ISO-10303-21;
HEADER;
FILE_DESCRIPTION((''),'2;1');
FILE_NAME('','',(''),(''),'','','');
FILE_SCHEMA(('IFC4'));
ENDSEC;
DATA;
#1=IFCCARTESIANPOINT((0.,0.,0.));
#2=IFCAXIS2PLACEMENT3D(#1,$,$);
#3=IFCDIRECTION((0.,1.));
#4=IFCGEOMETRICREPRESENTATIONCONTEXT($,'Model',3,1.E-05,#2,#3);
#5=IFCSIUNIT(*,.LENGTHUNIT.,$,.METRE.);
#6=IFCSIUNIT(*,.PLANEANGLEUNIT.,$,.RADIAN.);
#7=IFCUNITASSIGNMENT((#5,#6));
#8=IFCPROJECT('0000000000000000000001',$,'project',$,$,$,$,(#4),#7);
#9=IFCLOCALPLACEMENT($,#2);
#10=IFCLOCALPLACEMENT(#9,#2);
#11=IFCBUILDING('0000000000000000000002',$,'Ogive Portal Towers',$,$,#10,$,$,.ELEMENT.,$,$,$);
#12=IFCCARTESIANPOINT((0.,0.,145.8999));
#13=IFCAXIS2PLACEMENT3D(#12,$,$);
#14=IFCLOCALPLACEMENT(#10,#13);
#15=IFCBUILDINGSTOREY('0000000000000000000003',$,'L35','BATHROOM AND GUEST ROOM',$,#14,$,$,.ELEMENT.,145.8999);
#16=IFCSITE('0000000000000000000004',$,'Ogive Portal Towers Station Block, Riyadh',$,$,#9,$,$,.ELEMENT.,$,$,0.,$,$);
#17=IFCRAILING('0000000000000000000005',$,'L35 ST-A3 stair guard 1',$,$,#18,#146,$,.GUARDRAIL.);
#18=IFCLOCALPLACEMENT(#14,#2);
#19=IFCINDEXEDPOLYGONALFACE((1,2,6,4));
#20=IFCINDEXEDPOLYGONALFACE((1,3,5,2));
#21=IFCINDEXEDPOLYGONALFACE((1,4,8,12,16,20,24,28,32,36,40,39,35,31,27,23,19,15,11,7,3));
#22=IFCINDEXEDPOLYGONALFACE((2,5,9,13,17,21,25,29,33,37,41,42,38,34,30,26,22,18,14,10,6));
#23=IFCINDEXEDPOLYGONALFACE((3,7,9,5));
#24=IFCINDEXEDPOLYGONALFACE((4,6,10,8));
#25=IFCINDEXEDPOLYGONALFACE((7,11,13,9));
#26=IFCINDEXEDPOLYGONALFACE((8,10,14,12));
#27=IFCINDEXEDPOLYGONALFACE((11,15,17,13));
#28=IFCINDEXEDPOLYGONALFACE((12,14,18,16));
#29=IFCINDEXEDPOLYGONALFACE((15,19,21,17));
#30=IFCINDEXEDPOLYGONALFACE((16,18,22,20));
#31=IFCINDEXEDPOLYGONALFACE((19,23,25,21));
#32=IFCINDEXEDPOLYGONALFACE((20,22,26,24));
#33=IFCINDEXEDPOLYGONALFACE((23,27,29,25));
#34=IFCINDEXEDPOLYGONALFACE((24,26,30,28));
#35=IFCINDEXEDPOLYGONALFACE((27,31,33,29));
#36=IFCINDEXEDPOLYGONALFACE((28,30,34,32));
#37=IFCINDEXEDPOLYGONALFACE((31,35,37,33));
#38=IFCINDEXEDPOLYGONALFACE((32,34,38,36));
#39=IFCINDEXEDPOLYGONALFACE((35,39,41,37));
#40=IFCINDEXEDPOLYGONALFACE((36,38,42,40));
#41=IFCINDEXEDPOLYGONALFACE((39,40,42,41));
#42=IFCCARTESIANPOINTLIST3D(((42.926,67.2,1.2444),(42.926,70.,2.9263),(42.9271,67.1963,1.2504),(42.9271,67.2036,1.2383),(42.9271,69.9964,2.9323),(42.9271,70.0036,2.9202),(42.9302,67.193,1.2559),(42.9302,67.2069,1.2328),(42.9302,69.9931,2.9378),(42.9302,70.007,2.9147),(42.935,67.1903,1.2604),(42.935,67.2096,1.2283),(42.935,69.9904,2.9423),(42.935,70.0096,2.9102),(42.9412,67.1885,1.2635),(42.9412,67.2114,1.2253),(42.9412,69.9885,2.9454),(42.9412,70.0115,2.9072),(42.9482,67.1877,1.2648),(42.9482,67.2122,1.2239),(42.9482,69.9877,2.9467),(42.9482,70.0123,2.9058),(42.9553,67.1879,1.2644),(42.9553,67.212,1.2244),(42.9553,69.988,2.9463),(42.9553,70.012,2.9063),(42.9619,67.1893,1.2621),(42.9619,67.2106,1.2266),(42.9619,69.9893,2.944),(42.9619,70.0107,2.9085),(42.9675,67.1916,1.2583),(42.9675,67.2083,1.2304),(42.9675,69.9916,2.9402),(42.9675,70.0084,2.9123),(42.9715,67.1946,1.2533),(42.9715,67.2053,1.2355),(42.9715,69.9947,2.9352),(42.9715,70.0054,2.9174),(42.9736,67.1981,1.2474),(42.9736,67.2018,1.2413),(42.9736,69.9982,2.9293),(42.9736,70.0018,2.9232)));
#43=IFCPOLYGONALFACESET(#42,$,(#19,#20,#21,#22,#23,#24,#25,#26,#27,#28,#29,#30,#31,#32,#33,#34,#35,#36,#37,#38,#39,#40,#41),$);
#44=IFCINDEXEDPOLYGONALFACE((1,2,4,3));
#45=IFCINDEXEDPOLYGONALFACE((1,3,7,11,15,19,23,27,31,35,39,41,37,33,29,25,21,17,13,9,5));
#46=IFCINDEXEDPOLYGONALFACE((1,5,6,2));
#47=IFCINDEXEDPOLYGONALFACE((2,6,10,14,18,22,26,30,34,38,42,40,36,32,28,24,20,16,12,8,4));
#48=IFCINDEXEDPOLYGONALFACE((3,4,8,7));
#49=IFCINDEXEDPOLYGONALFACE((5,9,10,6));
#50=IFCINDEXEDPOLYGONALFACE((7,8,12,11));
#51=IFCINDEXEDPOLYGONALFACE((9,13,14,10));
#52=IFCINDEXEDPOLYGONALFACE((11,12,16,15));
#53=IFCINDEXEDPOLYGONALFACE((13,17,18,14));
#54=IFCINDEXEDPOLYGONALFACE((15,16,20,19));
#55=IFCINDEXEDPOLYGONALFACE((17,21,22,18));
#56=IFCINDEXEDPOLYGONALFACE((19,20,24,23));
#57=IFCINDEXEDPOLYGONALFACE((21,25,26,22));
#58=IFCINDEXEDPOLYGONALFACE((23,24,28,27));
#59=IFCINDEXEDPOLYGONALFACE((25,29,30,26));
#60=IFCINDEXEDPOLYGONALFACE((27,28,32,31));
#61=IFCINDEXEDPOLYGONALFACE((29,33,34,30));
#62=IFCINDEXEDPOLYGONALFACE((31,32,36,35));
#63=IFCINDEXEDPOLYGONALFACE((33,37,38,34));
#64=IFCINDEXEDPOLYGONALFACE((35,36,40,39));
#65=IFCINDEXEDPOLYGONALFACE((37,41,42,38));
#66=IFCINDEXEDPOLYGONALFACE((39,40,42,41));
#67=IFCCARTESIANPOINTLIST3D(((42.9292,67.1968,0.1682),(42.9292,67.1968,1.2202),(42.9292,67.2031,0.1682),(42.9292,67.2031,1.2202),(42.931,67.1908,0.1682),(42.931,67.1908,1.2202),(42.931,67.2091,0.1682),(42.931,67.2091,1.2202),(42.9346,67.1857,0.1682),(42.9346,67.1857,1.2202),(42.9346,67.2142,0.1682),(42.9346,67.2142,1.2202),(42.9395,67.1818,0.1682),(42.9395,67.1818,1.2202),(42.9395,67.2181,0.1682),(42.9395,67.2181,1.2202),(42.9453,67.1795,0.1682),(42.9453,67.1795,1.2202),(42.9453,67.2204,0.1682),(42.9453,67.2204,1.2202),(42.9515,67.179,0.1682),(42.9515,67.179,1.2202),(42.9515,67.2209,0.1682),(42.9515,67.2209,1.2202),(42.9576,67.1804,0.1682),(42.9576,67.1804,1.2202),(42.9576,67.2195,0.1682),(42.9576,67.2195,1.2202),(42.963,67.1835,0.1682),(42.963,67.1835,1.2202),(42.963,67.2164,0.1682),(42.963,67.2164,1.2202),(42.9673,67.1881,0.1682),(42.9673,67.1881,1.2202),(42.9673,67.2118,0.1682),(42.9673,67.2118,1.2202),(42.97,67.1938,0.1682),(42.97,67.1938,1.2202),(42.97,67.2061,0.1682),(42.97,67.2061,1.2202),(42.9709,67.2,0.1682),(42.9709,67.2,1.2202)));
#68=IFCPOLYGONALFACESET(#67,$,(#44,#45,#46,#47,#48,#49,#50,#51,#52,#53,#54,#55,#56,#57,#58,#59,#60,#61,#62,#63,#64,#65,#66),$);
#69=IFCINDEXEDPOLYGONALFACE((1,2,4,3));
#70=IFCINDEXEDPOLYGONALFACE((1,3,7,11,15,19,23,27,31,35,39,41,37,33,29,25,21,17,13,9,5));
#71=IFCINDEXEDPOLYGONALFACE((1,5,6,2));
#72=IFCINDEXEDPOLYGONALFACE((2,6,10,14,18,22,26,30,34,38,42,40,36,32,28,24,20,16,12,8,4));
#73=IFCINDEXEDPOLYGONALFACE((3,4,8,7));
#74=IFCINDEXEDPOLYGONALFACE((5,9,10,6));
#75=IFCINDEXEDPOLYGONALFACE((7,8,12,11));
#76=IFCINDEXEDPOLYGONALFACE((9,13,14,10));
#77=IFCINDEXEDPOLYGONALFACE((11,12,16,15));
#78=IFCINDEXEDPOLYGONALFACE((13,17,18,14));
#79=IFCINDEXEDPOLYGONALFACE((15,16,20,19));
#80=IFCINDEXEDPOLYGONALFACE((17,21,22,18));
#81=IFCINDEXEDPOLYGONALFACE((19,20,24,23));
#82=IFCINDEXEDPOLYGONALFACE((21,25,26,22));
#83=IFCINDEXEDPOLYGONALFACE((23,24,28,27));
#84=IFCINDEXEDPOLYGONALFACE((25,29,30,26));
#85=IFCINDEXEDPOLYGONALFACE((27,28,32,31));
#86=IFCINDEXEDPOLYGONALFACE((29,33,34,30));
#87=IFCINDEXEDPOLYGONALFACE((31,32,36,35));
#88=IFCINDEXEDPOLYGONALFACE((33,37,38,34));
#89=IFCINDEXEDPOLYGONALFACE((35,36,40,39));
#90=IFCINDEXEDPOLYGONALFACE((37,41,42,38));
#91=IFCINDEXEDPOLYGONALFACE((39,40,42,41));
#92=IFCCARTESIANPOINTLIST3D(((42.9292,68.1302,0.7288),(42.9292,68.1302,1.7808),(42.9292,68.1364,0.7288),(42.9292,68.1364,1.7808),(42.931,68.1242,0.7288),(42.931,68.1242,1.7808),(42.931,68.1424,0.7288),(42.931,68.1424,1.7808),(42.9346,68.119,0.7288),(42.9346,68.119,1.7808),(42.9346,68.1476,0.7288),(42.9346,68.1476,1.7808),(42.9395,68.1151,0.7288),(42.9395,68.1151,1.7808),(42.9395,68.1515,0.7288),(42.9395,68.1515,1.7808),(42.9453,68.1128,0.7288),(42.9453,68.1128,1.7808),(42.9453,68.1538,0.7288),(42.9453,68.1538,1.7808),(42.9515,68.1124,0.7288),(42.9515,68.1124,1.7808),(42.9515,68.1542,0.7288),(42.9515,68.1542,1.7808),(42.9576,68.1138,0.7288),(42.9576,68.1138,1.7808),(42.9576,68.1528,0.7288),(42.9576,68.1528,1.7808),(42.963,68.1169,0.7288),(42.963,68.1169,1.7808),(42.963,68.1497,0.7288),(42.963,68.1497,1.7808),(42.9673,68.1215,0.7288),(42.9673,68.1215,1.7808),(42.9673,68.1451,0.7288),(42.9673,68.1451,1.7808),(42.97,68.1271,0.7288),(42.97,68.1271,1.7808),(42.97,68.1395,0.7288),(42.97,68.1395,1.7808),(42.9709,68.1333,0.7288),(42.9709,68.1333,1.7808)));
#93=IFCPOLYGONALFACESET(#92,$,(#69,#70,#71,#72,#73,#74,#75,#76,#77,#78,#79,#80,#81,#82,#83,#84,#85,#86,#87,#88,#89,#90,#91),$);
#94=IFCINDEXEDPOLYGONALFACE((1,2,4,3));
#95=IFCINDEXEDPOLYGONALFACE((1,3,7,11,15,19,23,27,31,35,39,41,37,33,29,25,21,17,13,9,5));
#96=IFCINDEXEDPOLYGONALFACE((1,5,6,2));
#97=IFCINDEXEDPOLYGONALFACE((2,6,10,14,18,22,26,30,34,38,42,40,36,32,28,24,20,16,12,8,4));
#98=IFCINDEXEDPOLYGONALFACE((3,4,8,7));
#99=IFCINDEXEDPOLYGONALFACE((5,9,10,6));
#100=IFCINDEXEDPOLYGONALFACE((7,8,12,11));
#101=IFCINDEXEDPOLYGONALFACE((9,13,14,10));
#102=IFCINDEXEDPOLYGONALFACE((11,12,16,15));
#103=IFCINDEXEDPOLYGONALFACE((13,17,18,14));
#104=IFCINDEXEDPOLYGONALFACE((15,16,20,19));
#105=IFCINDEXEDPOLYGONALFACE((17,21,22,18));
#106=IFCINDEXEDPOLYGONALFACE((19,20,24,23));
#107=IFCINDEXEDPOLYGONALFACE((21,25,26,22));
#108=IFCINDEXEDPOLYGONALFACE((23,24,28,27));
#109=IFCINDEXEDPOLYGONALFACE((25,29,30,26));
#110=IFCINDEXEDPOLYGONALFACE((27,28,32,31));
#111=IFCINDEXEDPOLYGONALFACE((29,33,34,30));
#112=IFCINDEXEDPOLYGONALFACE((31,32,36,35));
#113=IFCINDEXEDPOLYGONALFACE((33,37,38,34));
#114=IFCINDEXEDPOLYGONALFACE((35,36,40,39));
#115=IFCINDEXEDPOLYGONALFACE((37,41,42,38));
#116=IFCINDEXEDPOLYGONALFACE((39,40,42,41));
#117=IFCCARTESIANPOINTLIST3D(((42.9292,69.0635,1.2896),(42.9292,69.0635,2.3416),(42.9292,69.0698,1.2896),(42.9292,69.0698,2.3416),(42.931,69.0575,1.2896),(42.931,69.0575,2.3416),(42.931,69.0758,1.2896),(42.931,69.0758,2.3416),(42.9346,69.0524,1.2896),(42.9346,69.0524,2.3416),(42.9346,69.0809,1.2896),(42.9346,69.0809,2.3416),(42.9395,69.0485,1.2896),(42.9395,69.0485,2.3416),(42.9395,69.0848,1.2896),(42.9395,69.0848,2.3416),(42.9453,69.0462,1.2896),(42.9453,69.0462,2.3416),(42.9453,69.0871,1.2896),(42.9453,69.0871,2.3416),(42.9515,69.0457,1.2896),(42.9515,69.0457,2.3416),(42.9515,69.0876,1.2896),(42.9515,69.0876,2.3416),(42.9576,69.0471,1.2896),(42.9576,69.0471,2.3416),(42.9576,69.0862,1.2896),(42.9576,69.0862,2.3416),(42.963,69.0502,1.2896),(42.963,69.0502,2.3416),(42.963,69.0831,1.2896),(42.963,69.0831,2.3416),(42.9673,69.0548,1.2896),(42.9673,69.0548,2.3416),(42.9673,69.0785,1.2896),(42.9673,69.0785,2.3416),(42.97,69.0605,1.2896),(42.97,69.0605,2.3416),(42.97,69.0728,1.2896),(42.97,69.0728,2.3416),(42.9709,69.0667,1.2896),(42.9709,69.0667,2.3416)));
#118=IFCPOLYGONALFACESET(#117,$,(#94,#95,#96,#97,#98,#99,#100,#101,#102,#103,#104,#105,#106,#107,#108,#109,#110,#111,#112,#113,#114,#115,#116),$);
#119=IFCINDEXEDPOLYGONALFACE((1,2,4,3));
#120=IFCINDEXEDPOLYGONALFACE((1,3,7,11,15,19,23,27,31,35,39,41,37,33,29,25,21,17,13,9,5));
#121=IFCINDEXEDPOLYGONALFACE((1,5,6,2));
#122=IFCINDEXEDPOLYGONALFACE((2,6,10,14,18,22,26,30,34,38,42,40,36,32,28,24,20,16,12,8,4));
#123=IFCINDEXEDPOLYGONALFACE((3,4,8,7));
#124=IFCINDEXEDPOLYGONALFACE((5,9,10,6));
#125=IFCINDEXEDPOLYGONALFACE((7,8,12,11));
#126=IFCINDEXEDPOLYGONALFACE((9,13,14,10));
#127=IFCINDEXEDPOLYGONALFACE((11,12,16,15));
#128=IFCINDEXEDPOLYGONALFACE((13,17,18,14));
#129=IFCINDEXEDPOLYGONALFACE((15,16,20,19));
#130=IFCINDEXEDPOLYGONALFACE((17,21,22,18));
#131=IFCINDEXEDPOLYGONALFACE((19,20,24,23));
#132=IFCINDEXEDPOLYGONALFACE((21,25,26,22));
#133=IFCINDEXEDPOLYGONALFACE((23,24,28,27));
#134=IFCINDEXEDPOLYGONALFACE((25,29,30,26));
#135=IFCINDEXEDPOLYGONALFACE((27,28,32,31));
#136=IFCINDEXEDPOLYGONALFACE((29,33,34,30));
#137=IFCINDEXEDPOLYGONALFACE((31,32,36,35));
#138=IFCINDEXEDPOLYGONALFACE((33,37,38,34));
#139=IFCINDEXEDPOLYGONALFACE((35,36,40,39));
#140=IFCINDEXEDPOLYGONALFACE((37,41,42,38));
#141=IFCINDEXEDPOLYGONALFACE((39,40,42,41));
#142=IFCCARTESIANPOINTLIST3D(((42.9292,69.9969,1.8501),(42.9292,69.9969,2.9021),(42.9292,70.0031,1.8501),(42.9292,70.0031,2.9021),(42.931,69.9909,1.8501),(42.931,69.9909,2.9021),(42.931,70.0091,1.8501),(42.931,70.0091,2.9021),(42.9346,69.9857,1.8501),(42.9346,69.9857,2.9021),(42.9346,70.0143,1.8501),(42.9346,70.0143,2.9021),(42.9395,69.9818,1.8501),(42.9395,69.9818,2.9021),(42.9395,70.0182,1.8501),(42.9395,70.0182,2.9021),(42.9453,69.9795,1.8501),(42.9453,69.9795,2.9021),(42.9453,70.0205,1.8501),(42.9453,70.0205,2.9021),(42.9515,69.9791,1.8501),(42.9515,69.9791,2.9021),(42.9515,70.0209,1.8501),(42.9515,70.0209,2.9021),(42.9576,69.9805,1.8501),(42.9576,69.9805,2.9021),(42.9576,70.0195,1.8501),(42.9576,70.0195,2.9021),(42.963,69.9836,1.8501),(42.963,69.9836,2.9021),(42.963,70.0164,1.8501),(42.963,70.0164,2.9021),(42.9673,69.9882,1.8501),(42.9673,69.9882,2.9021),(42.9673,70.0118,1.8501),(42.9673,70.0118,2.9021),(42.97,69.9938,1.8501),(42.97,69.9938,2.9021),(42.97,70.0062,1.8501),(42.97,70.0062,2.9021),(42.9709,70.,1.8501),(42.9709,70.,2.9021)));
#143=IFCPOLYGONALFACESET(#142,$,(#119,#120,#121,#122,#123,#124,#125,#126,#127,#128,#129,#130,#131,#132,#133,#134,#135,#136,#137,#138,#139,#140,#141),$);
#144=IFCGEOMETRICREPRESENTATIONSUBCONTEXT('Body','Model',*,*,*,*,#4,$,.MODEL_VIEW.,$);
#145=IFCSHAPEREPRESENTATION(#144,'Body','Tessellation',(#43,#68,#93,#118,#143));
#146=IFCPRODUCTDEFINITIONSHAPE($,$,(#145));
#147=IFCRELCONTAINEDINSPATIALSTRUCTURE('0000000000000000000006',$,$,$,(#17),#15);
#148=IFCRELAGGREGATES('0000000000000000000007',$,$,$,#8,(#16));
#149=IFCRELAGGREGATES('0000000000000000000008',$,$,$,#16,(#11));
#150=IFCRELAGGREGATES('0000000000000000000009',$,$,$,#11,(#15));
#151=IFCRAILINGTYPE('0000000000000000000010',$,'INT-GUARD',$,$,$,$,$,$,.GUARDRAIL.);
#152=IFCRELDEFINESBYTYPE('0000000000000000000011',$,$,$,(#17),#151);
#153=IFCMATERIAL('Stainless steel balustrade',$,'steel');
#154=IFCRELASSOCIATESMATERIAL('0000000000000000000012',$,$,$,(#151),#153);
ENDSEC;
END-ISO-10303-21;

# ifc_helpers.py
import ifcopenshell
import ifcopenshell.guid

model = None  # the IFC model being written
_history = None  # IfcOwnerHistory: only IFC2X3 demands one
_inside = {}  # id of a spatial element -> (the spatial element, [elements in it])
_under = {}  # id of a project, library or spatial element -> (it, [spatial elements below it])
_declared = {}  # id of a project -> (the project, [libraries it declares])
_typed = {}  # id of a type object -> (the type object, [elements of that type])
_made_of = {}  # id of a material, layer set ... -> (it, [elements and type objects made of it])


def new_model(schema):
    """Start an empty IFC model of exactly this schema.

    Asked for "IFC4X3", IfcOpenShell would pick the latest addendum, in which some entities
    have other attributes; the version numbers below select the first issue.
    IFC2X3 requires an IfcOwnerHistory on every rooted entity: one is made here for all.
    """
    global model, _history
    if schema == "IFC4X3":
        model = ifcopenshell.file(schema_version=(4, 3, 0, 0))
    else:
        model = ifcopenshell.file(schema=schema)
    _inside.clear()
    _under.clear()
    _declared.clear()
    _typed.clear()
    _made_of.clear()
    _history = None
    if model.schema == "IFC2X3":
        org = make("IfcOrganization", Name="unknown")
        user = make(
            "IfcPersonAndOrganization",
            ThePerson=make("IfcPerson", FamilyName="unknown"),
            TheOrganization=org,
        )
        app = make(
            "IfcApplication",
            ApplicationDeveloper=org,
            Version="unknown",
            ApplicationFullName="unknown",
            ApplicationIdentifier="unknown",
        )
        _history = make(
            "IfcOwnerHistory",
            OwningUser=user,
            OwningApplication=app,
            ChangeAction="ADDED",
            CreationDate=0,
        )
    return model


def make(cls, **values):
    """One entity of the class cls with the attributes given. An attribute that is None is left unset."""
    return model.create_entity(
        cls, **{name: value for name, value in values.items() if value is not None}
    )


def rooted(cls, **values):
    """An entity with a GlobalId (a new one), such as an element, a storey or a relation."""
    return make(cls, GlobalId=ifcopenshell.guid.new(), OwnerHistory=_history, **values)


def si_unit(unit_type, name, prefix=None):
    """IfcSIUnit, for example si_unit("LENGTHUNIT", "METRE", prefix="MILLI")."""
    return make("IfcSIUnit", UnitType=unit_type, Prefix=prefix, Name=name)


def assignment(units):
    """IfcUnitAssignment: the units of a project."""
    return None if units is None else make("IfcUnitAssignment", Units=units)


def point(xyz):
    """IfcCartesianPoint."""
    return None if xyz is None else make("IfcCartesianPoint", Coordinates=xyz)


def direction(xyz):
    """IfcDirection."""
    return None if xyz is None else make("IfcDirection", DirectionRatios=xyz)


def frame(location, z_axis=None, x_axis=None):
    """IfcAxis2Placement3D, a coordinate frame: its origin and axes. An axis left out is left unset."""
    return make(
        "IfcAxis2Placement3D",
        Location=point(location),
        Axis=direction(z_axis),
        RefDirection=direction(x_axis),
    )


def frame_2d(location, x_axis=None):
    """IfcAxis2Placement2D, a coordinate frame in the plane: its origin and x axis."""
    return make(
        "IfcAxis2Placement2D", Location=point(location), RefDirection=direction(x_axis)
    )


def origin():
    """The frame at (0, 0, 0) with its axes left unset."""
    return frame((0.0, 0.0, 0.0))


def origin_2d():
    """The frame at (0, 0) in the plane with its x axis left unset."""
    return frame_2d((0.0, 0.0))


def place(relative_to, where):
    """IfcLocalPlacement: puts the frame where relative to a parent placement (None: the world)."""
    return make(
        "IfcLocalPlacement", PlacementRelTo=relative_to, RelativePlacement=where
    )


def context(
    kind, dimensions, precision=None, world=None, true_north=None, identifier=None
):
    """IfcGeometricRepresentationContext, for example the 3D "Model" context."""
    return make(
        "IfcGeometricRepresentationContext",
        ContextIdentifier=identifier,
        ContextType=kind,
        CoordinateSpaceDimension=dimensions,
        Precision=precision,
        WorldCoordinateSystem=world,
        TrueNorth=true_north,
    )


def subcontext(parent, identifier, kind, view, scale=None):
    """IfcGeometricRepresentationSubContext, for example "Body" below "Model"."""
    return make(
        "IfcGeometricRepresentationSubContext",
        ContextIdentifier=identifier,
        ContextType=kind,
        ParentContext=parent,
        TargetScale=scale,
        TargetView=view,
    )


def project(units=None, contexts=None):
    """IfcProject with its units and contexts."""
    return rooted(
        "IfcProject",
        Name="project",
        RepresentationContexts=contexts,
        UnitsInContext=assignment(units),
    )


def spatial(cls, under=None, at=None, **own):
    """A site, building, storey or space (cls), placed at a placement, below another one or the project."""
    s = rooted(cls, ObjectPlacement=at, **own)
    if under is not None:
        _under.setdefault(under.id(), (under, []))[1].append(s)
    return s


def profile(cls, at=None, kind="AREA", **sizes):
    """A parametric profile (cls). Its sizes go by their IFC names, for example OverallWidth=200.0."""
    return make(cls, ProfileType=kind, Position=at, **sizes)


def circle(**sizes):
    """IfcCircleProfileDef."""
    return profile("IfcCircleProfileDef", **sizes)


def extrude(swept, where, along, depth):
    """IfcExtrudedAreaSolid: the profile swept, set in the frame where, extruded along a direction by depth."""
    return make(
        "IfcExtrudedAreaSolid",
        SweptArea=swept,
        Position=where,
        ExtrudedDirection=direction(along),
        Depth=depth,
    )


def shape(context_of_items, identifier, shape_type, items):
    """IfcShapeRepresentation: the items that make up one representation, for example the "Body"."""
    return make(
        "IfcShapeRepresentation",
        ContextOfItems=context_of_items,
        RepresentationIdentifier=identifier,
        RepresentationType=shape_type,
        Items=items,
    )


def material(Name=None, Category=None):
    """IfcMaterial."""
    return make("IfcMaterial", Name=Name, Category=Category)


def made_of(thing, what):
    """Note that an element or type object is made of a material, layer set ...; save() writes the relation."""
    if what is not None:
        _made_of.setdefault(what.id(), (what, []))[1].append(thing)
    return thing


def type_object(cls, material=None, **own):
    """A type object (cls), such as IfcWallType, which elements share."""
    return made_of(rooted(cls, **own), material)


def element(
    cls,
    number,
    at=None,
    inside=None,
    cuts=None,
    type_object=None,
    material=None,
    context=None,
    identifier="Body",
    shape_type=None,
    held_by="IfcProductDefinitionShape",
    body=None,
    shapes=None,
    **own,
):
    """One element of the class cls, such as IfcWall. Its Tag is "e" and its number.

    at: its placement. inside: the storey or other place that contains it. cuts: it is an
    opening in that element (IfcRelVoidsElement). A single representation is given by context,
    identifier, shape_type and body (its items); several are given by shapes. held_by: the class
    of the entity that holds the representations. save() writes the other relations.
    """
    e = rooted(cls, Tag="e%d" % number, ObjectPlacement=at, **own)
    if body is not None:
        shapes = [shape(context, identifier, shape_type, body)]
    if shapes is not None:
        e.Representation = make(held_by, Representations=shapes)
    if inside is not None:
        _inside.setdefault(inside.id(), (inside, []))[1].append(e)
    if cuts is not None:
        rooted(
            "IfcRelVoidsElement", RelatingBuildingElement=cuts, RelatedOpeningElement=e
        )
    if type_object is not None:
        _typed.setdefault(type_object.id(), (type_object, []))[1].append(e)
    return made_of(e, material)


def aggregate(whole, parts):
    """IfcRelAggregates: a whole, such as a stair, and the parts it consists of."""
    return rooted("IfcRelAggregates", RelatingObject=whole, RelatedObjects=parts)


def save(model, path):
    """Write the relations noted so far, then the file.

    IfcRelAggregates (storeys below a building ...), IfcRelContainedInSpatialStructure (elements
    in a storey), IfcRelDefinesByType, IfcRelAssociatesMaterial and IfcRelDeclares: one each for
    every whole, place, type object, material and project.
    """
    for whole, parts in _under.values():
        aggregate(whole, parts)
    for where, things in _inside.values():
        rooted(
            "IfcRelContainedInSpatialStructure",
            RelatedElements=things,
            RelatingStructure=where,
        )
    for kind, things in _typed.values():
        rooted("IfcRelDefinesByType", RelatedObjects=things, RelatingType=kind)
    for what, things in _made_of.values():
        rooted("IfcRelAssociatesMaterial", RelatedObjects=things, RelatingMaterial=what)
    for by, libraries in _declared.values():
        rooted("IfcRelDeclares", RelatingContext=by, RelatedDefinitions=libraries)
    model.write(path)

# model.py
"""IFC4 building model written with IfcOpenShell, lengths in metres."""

from ifc_helpers import new_model, si_unit, direction, frame, origin, origin_2d, place, context, subcontext, project, spatial, circle, extrude, material, type_object, element, save


model = new_model("IFC4")

# Units and contexts
model_context = context("Model", 3, precision=1e-05, world=origin(), true_north=direction((0.0, 1.0)))
body_context = subcontext(model_context, "Body", "Model", "MODEL_VIEW")
ifc_project = project(units=[si_unit("LENGTHUNIT", "METRE"), si_unit("PLANEANGLEUNIT", "RADIAN")], contexts=[model_context])

# Site, building, storey
site_placement = place(None, origin())
site = spatial("IfcSite", under=ifc_project, at=site_placement, Name="Ogive Portal Towers Station Block, Riyadh", CompositionType="ELEMENT", RefElevation=0.0)
building_placement = place(site_placement, origin())
building = spatial("IfcBuilding", under=site, at=building_placement, Name="Ogive Portal Towers", CompositionType="ELEMENT")
storey_placement = place(building_placement, frame((0.0, 0.0, 145.8999)))
storey = spatial("IfcBuildingStorey", under=building, at=storey_placement, Name="L35", Description="BATHROOM AND GUEST ROOM", CompositionType="ELEMENT", Elevation=145.8999)

# Railing
ifc_material_1 = material(Name="Stainless steel balustrade", Category="steel")
railing_type_1 = type_object("IfcRailingType", Name="INT-GUARD", PredefinedType="GUARDRAIL", material=ifc_material_1)
railing_1_placement = place(storey_placement, frame((42.95, 67.2, 0.1682)))
element("IfcRailing", 1, at=railing_1_placement, inside=storey, type_object=railing_type_1, Name="L35 ST-A3 stair guard 1", PredefinedType="GUARDRAIL", context=body_context, shape_type="SweptSolid", body=[
    extrude(circle(Radius=0.0239, at=origin_2d()), frame((0.0, 0.0, 1.0762), z_axis=(0.0, 0.857242, 0.514913), x_axis=(-1.0, 0.0, 0.0)), (0.0, 0.0, 1.0), 3.2664),
    extrude(circle(Radius=0.021, at=origin_2d()), origin(), (0.0, 0.0, 1.0), 1.052),
    extrude(circle(Radius=0.021, at=origin_2d()), frame((0.0, 0.9333, 0.5605)), (0.0, 0.0, 1.0), 1.052),
    extrude(circle(Radius=0.021, at=origin_2d()), frame((0.0, 1.8667, 1.1213)), (0.0, 0.0, 1.0), 1.052),
    extrude(circle(Radius=0.021, at=origin_2d()), frame((0.0, 2.8, 1.6819)), (0.0, 0.0, 1.0), 1.052),
])

save(model, "model.ifc")
